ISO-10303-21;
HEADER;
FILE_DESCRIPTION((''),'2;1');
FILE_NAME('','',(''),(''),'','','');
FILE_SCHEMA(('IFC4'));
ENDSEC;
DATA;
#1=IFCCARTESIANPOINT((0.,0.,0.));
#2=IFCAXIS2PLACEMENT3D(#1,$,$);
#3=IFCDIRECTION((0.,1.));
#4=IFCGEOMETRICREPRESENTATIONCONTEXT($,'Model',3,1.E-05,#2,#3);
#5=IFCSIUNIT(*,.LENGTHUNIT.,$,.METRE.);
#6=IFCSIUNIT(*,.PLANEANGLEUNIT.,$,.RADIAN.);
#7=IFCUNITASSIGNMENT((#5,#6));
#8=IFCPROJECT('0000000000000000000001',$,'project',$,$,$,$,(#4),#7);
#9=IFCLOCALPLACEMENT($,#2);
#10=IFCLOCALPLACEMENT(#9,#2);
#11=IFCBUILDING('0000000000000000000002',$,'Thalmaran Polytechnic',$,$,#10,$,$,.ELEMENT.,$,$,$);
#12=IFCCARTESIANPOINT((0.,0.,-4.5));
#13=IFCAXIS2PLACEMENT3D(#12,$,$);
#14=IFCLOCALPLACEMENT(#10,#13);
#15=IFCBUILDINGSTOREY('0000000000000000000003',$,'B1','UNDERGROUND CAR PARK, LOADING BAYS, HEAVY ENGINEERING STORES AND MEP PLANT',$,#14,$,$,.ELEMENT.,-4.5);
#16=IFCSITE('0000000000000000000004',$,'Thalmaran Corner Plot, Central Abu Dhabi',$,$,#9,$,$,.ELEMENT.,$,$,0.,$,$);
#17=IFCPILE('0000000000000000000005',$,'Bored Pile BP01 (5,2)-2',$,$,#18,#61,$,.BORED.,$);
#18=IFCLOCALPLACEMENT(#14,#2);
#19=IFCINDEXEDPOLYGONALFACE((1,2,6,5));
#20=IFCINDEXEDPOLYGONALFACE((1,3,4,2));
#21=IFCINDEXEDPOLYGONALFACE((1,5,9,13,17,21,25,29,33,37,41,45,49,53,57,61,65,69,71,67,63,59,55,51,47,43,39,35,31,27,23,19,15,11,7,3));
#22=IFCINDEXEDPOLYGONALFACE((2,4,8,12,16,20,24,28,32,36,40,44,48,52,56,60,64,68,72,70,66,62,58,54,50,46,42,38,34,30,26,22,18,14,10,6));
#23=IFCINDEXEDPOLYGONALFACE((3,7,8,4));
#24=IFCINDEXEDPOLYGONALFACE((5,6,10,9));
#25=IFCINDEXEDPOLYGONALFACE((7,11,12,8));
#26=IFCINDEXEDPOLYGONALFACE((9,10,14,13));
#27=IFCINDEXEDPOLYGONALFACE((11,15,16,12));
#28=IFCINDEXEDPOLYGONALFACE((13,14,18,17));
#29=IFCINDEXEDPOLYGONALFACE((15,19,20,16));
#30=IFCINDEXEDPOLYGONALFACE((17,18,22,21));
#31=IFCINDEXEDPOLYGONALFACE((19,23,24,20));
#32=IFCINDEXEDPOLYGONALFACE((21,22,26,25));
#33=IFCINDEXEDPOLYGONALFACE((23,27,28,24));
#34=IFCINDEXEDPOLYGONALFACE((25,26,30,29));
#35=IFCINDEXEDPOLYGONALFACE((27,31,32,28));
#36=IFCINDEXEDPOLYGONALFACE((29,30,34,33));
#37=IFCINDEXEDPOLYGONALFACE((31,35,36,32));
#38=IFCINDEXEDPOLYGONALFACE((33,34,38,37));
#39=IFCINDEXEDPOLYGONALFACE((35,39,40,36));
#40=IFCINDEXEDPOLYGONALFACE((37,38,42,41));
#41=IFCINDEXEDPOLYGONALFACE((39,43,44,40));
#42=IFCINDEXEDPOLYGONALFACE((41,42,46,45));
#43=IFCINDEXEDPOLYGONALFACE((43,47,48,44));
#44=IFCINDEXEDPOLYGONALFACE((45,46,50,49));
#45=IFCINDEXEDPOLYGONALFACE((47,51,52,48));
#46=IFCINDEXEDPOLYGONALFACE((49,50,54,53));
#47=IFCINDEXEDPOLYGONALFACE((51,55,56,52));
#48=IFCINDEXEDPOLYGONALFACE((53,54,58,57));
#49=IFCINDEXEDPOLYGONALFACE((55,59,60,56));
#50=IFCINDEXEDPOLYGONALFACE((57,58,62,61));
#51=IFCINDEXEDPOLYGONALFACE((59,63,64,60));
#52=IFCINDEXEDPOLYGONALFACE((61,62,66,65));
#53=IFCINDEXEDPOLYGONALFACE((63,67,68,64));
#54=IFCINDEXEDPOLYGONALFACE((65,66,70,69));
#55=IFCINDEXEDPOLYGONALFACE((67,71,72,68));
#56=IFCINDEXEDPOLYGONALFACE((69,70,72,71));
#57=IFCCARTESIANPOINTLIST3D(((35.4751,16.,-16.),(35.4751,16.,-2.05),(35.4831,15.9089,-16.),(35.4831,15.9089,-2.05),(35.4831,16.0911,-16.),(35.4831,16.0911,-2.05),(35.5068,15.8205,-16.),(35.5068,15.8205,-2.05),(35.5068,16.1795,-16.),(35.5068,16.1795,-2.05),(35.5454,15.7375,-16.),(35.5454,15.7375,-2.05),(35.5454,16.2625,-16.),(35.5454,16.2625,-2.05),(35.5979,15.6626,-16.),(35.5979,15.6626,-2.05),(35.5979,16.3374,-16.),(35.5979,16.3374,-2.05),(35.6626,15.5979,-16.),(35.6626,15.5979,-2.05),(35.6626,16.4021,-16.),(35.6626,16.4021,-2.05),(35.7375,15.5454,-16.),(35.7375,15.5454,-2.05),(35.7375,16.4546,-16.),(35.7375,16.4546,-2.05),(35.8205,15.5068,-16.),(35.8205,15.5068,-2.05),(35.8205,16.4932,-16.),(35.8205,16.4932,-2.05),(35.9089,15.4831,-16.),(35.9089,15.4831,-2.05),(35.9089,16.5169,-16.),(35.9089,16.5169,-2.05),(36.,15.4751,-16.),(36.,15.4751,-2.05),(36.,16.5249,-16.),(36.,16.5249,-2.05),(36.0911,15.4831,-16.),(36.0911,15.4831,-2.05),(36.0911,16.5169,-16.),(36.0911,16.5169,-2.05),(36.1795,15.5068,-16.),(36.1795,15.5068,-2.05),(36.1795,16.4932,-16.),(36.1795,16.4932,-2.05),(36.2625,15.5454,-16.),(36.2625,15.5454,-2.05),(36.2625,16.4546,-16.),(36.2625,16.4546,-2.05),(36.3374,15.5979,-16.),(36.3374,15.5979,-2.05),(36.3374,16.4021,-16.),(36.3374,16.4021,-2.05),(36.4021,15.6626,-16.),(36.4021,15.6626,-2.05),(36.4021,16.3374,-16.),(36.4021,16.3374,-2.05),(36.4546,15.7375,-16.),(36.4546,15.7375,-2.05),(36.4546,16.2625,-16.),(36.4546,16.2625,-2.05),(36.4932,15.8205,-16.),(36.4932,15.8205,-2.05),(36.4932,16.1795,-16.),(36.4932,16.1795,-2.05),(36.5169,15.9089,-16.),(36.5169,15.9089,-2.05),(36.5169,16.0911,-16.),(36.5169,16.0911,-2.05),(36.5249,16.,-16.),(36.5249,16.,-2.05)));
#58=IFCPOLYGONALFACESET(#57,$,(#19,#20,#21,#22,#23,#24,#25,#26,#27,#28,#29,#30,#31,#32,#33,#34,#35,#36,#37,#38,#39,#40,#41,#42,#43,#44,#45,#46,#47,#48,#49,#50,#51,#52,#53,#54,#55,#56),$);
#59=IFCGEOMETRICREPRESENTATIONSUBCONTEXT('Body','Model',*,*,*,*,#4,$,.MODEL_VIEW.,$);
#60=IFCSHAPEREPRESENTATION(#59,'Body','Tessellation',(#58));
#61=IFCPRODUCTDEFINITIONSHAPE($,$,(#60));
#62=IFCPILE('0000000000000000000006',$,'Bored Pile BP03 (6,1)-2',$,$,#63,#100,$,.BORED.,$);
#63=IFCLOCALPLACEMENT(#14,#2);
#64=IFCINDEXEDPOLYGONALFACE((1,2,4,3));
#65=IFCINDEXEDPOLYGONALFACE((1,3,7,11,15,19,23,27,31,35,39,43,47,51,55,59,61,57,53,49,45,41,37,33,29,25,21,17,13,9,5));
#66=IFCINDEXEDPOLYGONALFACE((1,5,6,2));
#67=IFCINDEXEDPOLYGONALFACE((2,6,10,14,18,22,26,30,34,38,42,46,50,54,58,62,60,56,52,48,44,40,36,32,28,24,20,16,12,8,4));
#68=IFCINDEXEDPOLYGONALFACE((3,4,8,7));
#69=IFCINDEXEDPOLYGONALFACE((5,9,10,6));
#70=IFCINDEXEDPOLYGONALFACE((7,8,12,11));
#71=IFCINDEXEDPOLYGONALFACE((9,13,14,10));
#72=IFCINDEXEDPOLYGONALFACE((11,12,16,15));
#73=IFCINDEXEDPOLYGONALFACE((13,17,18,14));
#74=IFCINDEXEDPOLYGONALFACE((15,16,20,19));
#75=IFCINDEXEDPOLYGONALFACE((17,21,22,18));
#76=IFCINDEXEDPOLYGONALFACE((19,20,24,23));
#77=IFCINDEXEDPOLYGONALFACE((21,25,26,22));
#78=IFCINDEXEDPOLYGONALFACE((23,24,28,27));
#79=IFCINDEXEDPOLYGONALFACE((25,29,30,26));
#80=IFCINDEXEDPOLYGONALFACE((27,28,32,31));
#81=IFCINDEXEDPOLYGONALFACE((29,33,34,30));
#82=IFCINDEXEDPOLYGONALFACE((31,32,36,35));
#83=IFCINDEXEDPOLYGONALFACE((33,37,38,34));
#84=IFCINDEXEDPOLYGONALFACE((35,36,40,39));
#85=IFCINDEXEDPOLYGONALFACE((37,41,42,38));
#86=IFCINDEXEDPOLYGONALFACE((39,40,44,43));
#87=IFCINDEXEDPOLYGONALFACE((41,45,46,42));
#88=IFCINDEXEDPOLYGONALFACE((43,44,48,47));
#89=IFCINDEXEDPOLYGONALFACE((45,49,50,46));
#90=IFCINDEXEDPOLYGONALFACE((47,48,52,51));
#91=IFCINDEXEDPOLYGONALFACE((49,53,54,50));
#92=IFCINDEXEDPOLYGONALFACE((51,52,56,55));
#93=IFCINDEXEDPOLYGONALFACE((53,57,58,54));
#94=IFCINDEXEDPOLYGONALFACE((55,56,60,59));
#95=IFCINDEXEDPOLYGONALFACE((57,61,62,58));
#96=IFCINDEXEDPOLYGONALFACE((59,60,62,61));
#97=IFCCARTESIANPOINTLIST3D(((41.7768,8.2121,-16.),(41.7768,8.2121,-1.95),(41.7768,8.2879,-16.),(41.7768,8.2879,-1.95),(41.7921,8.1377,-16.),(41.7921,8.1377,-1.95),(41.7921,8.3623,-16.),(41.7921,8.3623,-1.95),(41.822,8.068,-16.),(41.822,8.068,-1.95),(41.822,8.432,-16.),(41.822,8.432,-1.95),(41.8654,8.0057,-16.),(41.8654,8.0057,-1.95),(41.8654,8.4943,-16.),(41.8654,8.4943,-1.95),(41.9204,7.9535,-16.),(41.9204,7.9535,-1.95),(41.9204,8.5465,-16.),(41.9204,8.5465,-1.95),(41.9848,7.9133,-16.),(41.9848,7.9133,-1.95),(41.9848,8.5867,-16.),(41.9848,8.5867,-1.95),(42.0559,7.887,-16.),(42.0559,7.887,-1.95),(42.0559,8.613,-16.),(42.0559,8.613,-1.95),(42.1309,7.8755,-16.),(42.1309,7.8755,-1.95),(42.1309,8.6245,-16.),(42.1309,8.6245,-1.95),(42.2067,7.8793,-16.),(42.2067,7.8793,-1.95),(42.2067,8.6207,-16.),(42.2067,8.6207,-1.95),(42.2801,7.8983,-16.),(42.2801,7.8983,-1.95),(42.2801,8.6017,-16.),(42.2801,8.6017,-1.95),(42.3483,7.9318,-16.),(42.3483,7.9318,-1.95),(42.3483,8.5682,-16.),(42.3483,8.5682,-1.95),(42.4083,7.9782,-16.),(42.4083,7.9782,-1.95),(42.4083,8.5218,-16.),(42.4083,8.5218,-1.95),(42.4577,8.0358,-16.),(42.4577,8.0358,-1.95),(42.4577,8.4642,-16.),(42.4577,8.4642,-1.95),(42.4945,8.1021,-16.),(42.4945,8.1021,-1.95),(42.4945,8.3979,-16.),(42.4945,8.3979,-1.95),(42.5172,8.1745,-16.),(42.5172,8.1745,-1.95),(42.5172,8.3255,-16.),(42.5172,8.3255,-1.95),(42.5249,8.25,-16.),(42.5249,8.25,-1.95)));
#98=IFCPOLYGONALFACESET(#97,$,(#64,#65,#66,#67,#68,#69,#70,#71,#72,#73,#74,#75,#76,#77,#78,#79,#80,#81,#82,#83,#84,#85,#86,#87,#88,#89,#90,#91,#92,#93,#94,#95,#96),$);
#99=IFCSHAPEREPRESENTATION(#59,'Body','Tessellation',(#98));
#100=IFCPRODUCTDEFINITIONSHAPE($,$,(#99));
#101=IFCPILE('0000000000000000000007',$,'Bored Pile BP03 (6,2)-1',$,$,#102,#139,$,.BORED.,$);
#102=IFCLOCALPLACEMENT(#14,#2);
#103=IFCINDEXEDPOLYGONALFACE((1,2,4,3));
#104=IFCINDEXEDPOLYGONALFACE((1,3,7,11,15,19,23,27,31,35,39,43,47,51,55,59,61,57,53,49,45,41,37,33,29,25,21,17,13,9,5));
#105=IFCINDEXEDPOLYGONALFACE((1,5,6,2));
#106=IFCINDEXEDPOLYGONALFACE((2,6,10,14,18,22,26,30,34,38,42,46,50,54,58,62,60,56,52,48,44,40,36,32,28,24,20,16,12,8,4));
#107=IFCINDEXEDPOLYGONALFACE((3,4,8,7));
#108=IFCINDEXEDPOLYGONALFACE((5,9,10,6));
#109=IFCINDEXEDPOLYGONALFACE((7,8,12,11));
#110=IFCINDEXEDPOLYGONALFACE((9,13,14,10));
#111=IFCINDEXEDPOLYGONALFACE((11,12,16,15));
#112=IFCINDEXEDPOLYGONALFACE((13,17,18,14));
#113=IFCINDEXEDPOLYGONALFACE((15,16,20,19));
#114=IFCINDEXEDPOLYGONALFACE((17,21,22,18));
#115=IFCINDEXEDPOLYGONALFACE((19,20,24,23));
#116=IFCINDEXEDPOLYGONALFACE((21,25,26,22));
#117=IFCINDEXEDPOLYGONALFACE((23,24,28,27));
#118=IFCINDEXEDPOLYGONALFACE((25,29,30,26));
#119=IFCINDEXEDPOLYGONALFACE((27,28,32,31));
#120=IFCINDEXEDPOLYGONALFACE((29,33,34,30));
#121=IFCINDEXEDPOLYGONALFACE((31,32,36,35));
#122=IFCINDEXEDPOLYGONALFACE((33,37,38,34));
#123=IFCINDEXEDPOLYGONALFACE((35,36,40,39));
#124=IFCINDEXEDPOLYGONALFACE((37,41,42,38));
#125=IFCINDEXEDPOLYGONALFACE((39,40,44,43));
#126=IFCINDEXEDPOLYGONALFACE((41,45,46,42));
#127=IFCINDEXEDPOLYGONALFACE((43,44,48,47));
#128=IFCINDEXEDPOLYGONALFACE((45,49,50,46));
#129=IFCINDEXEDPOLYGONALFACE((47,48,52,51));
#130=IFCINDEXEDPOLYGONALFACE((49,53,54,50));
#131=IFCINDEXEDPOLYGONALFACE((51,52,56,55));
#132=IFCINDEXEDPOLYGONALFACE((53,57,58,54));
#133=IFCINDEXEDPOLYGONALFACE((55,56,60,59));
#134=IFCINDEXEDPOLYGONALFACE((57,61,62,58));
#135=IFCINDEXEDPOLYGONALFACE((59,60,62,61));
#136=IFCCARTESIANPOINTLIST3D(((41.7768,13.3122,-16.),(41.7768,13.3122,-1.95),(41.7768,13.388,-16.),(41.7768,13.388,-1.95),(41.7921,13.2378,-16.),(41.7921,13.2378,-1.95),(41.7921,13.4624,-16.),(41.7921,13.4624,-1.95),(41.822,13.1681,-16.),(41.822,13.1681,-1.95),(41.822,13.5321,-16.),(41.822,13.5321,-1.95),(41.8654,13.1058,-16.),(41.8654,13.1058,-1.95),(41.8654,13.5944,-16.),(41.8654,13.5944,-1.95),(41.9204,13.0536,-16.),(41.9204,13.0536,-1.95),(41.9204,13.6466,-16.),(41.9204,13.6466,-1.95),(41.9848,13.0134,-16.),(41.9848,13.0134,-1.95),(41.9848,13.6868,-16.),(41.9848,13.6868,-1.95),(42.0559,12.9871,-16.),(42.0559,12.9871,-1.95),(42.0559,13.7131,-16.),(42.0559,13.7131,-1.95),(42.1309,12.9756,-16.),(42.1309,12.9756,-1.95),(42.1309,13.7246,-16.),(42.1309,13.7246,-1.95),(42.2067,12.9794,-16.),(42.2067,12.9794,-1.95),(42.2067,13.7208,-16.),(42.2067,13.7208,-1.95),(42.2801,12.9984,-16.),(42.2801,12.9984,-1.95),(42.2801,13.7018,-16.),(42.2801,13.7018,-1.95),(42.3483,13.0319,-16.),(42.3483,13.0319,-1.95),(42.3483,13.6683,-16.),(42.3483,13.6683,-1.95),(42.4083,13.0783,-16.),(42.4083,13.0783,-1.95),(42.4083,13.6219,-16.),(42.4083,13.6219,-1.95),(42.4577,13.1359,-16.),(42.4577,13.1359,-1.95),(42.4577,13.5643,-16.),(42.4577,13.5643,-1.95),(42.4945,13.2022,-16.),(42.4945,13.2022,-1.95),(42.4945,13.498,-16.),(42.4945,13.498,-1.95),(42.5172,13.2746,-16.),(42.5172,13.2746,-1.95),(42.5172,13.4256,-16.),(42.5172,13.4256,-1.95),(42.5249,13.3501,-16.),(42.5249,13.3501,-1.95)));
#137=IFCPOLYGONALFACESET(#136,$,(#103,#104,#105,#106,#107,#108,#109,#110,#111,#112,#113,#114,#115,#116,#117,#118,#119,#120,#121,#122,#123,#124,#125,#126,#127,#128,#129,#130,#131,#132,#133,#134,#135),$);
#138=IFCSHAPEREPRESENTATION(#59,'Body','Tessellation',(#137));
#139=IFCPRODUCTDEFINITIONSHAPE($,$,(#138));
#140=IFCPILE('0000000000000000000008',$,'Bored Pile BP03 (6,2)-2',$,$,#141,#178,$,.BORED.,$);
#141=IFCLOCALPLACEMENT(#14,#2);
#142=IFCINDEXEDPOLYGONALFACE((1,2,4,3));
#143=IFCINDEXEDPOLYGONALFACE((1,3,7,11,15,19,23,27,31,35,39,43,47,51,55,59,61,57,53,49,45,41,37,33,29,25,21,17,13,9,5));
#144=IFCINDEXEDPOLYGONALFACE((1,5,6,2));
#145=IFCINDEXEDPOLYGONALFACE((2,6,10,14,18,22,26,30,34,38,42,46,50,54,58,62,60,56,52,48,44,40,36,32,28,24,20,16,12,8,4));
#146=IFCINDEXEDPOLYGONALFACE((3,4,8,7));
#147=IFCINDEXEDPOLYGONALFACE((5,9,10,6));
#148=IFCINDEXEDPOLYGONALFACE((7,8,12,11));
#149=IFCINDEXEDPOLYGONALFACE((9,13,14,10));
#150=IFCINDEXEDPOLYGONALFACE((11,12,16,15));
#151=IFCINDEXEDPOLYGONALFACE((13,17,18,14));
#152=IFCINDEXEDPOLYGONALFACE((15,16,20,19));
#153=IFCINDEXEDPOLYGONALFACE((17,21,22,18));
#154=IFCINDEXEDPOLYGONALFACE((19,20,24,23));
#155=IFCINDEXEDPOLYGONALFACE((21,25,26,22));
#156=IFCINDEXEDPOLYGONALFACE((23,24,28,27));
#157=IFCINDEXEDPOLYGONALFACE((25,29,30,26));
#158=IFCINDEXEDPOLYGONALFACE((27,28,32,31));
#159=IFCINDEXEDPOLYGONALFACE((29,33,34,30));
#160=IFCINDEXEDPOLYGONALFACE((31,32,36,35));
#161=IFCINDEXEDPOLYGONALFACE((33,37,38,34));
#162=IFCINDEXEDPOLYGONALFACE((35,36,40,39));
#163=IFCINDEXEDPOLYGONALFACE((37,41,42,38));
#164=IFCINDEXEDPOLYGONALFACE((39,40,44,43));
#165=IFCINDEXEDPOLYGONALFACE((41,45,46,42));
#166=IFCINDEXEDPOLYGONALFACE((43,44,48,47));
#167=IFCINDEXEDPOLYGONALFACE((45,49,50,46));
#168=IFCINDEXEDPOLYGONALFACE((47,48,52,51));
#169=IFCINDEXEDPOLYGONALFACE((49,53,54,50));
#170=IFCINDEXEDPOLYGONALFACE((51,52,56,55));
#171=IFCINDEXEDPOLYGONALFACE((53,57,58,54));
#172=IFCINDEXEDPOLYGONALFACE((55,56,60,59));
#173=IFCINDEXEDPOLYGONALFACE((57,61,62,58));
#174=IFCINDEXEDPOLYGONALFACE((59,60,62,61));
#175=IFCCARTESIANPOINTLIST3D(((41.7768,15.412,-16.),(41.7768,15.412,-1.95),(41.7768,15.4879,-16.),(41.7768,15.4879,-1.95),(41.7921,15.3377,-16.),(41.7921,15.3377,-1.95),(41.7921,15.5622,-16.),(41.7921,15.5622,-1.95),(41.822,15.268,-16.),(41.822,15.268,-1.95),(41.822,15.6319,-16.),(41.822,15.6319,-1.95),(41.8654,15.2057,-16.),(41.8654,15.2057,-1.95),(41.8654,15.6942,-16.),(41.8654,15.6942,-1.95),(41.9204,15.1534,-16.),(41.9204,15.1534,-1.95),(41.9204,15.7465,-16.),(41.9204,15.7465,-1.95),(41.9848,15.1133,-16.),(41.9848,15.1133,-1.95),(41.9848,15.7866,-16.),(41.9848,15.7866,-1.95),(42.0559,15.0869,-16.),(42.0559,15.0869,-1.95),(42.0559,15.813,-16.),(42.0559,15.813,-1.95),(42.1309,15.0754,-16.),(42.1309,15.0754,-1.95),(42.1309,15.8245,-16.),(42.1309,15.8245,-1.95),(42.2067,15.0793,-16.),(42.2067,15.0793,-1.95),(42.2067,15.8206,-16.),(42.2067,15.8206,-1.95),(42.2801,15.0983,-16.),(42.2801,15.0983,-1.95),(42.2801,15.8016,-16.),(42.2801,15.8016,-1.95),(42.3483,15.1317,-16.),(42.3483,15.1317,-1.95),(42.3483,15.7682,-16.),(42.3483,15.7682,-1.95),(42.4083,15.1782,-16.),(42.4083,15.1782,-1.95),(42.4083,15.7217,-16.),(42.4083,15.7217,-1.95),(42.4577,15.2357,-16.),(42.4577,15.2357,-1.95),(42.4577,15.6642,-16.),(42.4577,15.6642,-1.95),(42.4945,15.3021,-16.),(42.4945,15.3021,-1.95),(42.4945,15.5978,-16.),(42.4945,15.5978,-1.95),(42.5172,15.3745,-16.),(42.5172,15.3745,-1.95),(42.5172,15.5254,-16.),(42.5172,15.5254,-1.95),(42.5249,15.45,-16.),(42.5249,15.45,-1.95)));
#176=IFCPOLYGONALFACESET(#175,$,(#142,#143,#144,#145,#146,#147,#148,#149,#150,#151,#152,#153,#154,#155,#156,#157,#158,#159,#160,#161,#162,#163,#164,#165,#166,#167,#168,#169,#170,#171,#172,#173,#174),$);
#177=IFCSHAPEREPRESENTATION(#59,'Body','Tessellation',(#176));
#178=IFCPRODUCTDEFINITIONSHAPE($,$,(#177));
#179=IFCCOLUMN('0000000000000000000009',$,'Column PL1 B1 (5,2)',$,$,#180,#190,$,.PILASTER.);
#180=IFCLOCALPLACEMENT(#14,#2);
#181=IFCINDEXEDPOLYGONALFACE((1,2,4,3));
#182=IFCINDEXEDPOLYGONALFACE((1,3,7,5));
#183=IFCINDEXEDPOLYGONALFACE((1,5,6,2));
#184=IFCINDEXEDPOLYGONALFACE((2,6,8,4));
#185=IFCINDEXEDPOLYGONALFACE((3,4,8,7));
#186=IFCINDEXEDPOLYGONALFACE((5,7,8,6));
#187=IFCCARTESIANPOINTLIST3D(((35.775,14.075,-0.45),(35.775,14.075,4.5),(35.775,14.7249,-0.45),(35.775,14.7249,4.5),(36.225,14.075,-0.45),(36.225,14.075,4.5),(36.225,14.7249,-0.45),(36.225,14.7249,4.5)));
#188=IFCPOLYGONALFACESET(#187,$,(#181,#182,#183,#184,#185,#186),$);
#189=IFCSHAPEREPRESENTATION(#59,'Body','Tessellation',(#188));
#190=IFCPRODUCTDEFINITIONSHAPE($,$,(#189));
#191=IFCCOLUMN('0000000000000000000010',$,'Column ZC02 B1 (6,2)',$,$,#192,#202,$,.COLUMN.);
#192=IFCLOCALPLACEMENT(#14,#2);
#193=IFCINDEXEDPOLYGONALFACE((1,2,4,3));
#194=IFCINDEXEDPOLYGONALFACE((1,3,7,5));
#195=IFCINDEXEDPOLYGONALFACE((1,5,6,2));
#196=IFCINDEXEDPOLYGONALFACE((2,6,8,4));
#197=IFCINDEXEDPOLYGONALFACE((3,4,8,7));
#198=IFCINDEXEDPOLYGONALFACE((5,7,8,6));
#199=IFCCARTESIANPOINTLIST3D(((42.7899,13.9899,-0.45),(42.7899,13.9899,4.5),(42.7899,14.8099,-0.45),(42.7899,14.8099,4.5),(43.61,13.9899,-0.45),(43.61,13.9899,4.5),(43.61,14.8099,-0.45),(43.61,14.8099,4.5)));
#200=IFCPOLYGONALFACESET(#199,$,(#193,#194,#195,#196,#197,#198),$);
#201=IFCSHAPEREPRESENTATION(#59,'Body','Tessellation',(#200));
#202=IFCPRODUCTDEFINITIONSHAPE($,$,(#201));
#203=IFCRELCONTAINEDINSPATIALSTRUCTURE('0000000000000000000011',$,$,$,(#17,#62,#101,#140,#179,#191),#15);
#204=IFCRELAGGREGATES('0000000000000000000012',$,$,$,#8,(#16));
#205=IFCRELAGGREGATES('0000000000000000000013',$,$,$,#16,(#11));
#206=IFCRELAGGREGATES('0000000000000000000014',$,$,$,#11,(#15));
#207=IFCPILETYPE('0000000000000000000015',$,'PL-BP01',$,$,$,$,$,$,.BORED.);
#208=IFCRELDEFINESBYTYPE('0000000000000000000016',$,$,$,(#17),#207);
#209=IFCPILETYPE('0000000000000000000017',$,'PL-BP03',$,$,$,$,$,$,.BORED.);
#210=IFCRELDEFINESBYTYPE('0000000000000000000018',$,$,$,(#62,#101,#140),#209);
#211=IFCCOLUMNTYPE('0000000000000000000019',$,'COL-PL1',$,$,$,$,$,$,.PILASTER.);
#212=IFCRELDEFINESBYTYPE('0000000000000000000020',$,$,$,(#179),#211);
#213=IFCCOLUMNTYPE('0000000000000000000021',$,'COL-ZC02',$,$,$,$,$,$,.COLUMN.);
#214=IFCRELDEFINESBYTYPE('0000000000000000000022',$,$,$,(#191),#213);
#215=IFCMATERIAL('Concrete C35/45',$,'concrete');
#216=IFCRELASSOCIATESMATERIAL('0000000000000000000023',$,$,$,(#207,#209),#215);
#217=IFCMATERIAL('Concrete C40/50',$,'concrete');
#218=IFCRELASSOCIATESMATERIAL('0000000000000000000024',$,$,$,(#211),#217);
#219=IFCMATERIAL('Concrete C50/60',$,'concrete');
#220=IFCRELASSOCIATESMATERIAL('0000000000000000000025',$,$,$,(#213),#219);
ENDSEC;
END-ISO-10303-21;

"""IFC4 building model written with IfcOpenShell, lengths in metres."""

from ifc_helpers import new_model, si_unit, direction, frame, origin, origin_2d, place, context, subcontext, project, spatial, rectangle, circle, extrude, material, material_profile, profile_set, type_object, element, save


model = new_model("IFC4")

# Units and contexts
model_context = context("Model", 3, precision=1e-05, world=origin(), true_north=direction((0.0, 1.0)))
body_context = subcontext(model_context, "Body", "Model", "MODEL_VIEW")
ifc_project = project(units=[si_unit("LENGTHUNIT", "METRE"), si_unit("PLANEANGLEUNIT", "RADIAN")], contexts=[model_context])

# Site, building, storey
site_placement = place(None, origin())
site = spatial("IfcSite", under=ifc_project, at=site_placement, Name="Thalmaran Corner Plot, Central Abu Dhabi", CompositionType="ELEMENT", RefElevation=0.0)
building_placement = place(site_placement, origin())
building = spatial("IfcBuilding", under=site, at=building_placement, Name="Thalmaran Polytechnic", CompositionType="ELEMENT")
storey_placement = place(building_placement, frame((0.0, 0.0, -4.5)))
storey = spatial("IfcBuildingStorey", under=building, at=storey_placement, Name="B1", Description="UNDERGROUND CAR PARK, LOADING BAYS, HEAVY ENGINEERING STORES AND MEP PLANT", CompositionType="ELEMENT", Elevation=-4.5)

# Shared definitions
ifc_material_1 = material(Name="Concrete C40/50", Category="concrete")

# Piles
ifc_material_2 = material(Name="Concrete C35/45", Category="concrete")
ifc_material_profile_1 = material_profile(ifc_material_2, circle(Radius=0.5249, at=origin_2d()), Name="RC 1050 DIA")
ifc_profile_set_1 = profile_set([ifc_material_profile_1], Name="Concrete C35/45")
pile_type_1 = type_object("IfcPileType", Name="PL-BP01", PredefinedType="BORED", material=ifc_profile_set_1)
for number, where, z_axis, x_axis, name in (
    (1, (36.0, 16.0, -2.05), (0.0, 0.0, -1.0), (1.0, 0.0, 0.0), "Bored Pile BP01 (5,2)-2"),
):
    element("IfcPile", number, at=place(storey_placement, frame(where, z_axis=z_axis, x_axis=x_axis)), inside=storey, type_object=pile_type_1, Name=name, PredefinedType="BORED", context=body_context, shape_type="SweptSolid", body=[
        extrude(circle(Radius=0.5249, at=origin_2d()), origin(), (0.0, 0.0, 1.0), 13.95),
    ])
ifc_material_profile_2 = material_profile(ifc_material_2, circle(Radius=0.375, at=origin_2d()), Name="RC 750 DIA")
ifc_profile_set_2 = profile_set([ifc_material_profile_2], Name="Concrete C35/45")
pile_type_2 = type_object("IfcPileType", Name="PL-BP03", PredefinedType="BORED", material=ifc_profile_set_2)
for number, where, z_axis, x_axis, name in (
    (2, (42.1499, 8.25, -1.95), (0.0, 0.0, -1.0), (1.0, 0.0, 0.0), "Bored Pile BP03 (6,1)-2"),
    (3, (42.1499, 13.3501, -1.95), (0.0, 0.0, -1.0), (1.0, 0.0, 0.0), "Bored Pile BP03 (6,2)-1"),
    (4, (42.1499, 15.45, -1.95), (0.0, 0.0, -1.0), (1.0, 0.0, 0.0), "Bored Pile BP03 (6,2)-2"),
):
    element("IfcPile", number, at=place(storey_placement, frame(where, z_axis=z_axis, x_axis=x_axis)), inside=storey, type_object=pile_type_2, Name=name, PredefinedType="BORED", context=body_context, shape_type="SweptSolid", body=[
        extrude(circle(Radius=0.375, at=origin_2d()), origin(), (0.0, 0.0, 1.0), 14.05),
    ])

# Columns
ifc_material_profile_3 = material_profile(ifc_material_1, rectangle(XDim=0.45, YDim=0.6499, at=origin_2d()), Name="RC 450x650")
ifc_profile_set_3 = profile_set([ifc_material_profile_3], Name="Concrete C40/50")
column_type_1 = type_object("IfcColumnType", Name="COL-PL1", PredefinedType="PILASTER", material=ifc_profile_set_3)
column_1_placement = place(storey_placement, frame((36.0, 14.3999, -0.45), z_axis=(0.0, 0.0, 1.0), x_axis=(1.0, 0.0, 0.0)))
element("IfcColumn", 5, at=column_1_placement, inside=storey, type_object=column_type_1, Name="Column PL1 B1 (5,2)", PredefinedType="PILASTER", context=body_context, shape_type="SweptSolid", body=[
    extrude(rectangle(XDim=0.45, YDim=0.6499, at=origin_2d()), origin(), (0.0, 0.0, 1.0), 4.95),
])
ifc_material_3 = material(Name="Concrete C50/60", Category="concrete")
ifc_material_profile_4 = material_profile(ifc_material_3, rectangle(XDim=0.8201, YDim=0.8201, at=origin_2d()), Name="RC 820x820")
ifc_profile_set_4 = profile_set([ifc_material_profile_4], Name="Concrete C50/60")
column_type_2 = type_object("IfcColumnType", Name="COL-ZC02", PredefinedType="COLUMN", material=ifc_profile_set_4)
column_2_placement = place(storey_placement, frame((43.2, 14.3999, -0.45), z_axis=(0.0, 0.0, 1.0), x_axis=(1.0, 0.0, 0.0)))
element("IfcColumn", 6, at=column_2_placement, inside=storey, type_object=column_type_2, Name="Column ZC02 B1 (6,2)", PredefinedType="COLUMN", context=body_context, shape_type="SweptSolid", body=[
    extrude(rectangle(XDim=0.8201, YDim=0.8201, at=origin_2d()), origin(), (0.0, 0.0, 1.0), 4.95),
])

save(model, "model.ifc")
